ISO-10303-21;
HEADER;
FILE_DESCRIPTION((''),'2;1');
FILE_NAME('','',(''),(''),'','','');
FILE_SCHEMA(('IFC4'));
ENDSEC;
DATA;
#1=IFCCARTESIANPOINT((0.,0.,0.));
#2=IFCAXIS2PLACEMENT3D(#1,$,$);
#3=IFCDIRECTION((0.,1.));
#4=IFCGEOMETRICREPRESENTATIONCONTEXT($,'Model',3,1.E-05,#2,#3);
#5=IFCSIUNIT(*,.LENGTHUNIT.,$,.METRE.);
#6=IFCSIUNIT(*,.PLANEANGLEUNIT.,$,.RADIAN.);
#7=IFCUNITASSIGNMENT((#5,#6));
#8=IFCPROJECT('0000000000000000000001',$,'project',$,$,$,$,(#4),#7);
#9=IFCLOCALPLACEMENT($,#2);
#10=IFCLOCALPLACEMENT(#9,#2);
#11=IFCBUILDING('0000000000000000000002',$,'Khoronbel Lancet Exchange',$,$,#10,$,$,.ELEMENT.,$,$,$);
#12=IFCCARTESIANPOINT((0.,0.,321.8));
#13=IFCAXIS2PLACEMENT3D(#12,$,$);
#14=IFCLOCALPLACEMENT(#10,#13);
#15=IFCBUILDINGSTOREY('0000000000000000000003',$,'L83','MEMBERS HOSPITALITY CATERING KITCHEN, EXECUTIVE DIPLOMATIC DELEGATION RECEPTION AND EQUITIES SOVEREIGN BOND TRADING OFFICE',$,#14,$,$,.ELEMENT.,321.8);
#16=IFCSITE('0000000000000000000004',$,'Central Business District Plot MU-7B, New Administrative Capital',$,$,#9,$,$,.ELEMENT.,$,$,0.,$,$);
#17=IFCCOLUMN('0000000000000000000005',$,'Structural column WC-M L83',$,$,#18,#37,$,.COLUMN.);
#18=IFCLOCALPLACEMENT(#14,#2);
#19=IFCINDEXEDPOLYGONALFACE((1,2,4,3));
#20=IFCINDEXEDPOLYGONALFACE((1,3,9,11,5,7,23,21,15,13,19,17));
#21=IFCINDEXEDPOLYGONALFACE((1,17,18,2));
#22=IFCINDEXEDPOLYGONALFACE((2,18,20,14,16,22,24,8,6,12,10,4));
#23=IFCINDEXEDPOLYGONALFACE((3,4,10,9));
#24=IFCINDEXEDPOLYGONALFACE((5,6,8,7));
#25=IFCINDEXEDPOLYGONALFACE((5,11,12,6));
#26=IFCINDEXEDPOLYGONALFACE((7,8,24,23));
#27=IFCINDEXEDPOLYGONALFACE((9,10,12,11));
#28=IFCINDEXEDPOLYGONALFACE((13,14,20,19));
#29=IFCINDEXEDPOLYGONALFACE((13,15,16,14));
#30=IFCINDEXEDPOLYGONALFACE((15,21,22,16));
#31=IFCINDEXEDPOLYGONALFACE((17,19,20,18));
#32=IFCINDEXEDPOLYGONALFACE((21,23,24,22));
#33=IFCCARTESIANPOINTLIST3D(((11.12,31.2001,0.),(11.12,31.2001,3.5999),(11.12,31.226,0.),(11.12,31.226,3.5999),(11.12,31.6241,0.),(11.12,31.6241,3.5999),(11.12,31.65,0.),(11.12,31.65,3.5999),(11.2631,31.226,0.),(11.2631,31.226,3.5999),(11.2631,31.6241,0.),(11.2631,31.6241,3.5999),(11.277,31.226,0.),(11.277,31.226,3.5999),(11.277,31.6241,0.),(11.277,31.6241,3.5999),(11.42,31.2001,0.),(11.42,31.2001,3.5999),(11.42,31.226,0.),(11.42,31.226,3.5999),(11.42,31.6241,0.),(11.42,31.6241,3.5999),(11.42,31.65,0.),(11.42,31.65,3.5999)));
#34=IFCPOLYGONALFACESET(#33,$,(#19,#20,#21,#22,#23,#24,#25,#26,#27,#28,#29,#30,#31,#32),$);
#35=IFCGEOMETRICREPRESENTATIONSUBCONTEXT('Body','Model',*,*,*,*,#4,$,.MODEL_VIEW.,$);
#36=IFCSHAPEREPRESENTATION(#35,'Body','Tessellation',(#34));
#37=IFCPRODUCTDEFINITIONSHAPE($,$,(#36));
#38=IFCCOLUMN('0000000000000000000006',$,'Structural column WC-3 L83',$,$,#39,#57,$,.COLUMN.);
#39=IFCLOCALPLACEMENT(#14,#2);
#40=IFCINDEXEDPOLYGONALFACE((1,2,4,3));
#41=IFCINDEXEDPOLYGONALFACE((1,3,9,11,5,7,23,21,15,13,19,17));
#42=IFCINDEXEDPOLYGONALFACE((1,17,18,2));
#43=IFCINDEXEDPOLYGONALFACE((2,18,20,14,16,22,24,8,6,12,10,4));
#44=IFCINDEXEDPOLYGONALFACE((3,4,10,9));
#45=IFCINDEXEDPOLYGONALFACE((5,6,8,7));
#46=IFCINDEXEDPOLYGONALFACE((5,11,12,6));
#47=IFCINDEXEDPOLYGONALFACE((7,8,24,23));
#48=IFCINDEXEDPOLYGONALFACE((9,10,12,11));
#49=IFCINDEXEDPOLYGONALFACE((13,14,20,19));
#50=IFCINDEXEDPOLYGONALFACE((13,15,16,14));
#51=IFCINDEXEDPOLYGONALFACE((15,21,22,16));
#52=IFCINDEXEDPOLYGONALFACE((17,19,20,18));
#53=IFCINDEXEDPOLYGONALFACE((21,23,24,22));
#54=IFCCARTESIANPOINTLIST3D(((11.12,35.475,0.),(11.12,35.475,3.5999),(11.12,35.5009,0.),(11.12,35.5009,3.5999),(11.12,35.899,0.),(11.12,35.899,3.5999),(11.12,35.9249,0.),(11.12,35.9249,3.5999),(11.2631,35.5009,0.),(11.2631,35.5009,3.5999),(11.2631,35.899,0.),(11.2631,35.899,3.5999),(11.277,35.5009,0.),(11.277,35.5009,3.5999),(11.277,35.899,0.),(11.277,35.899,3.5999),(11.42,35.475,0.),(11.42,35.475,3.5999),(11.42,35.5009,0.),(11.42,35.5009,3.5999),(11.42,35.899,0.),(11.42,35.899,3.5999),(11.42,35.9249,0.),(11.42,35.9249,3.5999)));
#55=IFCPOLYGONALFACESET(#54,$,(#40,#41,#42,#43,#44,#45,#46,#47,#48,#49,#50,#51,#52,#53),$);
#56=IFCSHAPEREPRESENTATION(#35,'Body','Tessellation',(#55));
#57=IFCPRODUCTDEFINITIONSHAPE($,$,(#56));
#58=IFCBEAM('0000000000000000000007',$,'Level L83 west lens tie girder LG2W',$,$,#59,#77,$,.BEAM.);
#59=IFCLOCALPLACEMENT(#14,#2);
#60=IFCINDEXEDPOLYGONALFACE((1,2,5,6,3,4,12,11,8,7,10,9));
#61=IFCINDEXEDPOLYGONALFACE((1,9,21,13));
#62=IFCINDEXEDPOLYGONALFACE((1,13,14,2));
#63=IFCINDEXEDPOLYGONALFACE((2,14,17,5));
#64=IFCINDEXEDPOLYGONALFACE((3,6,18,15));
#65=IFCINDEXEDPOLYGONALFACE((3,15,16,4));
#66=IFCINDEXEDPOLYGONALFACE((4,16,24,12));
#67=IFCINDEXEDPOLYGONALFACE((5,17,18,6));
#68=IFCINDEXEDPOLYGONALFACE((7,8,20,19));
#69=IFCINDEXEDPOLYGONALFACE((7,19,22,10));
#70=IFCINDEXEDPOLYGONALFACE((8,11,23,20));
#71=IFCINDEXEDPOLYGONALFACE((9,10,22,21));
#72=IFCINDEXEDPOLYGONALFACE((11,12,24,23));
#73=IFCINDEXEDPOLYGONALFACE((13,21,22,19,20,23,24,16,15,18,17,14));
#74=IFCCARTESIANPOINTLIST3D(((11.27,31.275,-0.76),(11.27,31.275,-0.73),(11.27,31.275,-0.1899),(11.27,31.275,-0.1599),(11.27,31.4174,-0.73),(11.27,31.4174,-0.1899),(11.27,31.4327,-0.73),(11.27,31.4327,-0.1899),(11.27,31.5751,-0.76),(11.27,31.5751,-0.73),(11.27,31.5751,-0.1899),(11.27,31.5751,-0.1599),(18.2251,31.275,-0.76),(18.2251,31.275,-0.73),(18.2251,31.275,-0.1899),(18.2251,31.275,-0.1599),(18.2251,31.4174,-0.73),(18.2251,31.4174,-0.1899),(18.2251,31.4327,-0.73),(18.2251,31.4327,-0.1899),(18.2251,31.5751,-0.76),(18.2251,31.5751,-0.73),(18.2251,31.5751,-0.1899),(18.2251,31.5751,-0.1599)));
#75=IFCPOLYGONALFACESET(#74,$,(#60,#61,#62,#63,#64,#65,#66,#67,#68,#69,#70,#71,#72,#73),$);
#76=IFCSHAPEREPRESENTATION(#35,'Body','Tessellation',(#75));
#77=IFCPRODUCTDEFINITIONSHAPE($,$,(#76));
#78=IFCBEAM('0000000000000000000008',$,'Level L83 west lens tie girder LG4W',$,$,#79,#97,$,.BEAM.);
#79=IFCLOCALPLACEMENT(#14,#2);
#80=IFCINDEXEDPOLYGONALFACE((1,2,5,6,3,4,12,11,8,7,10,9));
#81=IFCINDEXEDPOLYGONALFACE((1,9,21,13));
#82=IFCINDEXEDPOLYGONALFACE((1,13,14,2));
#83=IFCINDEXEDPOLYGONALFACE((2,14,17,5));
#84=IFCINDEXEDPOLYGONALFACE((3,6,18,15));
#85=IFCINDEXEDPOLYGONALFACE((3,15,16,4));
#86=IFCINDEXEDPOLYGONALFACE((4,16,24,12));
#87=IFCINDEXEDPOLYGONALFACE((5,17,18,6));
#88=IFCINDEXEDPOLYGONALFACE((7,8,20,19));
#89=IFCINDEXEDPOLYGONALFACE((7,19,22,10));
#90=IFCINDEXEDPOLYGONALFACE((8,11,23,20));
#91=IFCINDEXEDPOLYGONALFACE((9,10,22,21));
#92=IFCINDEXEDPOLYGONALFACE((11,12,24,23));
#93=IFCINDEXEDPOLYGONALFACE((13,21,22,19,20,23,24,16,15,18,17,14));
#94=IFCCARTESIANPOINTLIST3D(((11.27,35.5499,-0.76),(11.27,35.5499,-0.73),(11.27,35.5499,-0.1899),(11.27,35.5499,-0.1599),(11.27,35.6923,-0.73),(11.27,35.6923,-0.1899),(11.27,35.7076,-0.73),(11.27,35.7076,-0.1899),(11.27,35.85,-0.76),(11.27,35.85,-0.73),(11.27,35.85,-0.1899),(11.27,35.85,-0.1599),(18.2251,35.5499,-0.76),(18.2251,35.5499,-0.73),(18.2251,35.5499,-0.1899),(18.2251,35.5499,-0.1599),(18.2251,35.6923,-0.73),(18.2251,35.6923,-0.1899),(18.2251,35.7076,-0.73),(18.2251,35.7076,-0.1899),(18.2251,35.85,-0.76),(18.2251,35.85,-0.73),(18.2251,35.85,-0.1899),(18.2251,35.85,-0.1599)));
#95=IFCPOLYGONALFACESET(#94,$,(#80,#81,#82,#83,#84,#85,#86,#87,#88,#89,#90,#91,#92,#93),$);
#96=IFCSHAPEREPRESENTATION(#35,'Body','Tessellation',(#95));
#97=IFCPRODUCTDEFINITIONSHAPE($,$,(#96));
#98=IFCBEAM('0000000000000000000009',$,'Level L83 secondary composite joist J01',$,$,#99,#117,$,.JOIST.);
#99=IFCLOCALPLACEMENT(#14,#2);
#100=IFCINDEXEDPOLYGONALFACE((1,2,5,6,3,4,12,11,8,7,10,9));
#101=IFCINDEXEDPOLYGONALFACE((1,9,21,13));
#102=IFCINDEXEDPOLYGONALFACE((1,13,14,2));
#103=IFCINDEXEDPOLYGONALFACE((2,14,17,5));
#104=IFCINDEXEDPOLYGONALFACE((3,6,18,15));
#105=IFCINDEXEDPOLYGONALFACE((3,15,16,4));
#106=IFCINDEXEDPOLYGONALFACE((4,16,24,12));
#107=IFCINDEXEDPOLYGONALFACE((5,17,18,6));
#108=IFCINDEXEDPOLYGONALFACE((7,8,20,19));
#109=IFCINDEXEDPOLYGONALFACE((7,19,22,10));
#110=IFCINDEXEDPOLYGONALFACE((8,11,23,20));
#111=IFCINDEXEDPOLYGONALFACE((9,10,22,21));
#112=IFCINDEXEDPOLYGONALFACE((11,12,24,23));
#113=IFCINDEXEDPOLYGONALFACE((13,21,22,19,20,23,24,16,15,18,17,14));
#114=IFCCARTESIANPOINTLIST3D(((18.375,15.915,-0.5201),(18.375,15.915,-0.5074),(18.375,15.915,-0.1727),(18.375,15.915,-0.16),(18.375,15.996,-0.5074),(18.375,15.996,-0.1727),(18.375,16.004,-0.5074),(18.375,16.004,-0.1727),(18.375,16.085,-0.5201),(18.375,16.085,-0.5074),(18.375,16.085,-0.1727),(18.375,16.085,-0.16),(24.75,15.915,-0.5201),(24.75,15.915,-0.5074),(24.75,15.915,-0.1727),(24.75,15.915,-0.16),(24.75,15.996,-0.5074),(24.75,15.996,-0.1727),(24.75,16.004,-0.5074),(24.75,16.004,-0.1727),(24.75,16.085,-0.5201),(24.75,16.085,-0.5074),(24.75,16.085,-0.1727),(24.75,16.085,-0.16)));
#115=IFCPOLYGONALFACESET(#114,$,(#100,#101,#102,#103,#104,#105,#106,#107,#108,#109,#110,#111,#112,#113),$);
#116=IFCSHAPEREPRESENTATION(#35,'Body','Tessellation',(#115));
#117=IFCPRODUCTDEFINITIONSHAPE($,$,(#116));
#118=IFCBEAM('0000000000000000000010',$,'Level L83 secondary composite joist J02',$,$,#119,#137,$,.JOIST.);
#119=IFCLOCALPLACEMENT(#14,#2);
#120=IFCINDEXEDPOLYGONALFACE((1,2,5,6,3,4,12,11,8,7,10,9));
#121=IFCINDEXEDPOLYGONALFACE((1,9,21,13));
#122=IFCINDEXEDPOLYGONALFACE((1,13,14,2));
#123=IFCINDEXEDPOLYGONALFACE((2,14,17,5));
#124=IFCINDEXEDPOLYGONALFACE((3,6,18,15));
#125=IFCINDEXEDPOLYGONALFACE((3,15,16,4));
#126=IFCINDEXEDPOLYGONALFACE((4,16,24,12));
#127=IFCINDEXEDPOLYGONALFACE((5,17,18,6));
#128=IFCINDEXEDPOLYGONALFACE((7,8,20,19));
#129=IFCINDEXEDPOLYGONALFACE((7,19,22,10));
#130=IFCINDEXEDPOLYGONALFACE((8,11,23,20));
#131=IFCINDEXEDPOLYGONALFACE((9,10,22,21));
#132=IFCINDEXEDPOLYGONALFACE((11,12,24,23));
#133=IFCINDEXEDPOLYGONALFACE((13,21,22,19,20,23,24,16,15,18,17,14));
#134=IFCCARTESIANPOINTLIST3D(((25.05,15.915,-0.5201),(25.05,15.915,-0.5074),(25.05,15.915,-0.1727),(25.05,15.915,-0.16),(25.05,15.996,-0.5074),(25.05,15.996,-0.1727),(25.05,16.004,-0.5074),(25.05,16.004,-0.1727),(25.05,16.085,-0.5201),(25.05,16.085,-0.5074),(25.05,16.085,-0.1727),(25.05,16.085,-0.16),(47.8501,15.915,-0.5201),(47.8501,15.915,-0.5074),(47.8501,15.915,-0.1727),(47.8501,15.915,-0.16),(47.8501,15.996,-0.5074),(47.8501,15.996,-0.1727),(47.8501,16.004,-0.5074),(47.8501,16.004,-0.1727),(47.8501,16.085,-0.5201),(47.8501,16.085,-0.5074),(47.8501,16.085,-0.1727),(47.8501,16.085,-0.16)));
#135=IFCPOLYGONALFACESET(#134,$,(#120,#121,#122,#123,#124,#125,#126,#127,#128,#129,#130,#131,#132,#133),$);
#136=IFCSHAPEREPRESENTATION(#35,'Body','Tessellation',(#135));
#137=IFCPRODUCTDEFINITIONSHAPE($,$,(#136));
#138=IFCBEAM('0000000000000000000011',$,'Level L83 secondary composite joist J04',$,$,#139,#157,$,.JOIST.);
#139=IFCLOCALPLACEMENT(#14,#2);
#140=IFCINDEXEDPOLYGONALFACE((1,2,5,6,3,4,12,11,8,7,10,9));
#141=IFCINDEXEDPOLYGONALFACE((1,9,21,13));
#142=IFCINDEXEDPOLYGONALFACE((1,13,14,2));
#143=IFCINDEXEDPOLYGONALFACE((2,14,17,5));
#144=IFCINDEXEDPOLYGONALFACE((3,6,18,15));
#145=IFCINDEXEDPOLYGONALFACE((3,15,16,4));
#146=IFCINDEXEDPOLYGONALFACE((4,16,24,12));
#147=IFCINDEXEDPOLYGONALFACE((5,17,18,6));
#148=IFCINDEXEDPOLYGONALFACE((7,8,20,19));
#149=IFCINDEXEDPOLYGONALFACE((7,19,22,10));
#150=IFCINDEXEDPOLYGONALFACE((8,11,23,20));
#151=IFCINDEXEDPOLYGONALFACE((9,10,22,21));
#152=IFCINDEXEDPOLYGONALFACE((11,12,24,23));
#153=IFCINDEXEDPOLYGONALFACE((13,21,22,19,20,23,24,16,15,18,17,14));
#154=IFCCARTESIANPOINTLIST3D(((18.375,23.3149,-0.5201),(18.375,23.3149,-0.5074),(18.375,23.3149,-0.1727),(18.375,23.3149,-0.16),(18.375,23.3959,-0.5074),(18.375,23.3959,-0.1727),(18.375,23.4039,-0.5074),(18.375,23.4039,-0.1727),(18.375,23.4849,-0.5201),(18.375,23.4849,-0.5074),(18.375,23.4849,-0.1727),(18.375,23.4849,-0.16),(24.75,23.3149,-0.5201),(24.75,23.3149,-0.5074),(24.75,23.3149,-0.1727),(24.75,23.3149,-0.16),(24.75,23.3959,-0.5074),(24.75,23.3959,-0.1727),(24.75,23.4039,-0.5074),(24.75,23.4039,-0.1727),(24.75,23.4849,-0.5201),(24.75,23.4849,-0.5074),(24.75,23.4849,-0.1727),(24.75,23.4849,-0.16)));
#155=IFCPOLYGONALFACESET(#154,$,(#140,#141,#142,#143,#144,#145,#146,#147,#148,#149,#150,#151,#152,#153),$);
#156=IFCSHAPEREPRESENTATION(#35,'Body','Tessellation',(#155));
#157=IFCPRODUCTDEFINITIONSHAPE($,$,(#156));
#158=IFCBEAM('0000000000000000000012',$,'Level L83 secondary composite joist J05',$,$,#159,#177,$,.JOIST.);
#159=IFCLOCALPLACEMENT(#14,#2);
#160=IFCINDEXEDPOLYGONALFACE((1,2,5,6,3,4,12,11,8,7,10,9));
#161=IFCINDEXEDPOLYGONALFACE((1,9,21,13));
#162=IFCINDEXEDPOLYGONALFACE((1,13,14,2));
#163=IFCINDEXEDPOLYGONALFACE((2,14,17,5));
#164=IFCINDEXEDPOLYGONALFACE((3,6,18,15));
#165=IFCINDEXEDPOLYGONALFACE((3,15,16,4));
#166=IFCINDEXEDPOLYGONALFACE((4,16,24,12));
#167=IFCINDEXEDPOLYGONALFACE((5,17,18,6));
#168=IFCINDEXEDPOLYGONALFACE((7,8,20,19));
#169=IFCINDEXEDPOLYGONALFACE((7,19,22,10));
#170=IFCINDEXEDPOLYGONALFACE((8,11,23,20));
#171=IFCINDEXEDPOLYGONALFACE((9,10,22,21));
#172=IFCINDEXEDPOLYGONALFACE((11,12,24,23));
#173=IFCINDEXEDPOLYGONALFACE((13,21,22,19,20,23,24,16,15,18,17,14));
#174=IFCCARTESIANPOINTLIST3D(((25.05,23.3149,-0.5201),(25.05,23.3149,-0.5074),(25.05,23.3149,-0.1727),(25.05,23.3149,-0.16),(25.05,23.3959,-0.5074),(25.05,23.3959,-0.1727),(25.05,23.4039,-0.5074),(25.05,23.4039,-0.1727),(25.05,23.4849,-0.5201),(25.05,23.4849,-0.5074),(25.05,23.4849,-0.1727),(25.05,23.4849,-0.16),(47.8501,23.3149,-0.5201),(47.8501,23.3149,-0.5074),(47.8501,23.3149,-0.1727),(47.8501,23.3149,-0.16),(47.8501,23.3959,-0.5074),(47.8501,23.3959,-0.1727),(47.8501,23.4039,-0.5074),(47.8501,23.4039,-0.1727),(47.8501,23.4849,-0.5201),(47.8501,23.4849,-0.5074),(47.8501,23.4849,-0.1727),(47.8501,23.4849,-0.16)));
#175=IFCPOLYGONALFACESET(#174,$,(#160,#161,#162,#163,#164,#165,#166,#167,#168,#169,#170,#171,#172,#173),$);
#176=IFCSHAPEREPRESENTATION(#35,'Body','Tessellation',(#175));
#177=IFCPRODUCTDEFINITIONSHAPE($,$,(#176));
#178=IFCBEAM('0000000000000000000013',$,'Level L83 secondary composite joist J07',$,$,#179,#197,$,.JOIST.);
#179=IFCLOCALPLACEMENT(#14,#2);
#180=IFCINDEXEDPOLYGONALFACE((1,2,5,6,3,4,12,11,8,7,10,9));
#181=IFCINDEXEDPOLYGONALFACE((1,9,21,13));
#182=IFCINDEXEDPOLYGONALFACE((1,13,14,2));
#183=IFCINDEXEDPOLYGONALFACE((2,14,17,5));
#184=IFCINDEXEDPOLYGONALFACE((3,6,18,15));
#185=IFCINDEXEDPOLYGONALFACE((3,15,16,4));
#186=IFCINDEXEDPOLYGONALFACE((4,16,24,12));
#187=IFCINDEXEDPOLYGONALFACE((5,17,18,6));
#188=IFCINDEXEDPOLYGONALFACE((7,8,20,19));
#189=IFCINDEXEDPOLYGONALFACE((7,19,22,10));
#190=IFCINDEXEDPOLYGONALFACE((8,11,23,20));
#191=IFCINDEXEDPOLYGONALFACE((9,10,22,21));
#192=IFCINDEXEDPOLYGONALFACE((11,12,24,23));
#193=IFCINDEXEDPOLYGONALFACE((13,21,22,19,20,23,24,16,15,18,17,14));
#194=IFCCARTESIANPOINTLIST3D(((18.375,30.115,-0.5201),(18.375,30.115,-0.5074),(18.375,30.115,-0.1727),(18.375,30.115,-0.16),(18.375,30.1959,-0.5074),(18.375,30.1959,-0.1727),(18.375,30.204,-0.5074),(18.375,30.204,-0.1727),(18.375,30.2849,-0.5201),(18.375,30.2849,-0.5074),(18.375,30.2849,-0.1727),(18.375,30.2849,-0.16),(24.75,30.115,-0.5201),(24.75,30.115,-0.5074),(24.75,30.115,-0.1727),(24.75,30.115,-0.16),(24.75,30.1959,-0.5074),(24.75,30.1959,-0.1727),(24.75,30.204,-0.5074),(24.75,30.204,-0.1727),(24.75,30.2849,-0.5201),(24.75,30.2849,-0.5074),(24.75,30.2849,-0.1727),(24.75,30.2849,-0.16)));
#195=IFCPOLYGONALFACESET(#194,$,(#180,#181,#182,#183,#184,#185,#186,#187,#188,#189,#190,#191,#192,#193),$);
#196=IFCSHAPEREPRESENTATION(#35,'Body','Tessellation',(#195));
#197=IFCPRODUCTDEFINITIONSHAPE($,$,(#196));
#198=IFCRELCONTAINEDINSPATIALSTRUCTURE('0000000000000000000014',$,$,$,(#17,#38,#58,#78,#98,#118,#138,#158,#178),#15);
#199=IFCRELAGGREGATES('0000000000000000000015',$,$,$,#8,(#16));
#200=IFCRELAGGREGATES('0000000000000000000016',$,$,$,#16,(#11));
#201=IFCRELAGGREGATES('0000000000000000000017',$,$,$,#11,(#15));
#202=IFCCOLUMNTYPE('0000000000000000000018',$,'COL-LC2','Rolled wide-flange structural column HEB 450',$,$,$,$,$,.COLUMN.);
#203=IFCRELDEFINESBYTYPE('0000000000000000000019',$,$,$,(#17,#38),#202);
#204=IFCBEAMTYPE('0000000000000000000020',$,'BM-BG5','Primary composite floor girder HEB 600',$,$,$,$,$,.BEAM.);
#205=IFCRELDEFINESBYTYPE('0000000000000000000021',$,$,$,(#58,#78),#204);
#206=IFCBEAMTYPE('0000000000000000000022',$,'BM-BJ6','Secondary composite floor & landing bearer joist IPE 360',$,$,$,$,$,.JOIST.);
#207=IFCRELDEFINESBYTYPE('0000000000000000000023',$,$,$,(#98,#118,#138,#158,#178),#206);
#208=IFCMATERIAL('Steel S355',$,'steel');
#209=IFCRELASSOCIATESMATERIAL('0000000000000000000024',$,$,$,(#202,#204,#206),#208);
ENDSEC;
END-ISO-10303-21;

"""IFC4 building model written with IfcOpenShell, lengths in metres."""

from ifc_helpers import new_model, si_unit, direction, frame, origin, origin_2d, place, context, subcontext, project, spatial, i_section, extrude, material, material_profile, profile_set, type_object, element, save


model = new_model("IFC4")

# Units and contexts
model_context = context("Model", 3, precision=1e-05, world=origin(), true_north=direction((0.0, 1.0)))
body_context = subcontext(model_context, "Body", "Model", "MODEL_VIEW")
ifc_project = project(units=[si_unit("LENGTHUNIT", "METRE"), si_unit("PLANEANGLEUNIT", "RADIAN")], contexts=[model_context])

# Site, building, storey
site_placement = place(None, origin())
site = spatial("IfcSite", under=ifc_project, at=site_placement, Name="Central Business District Plot MU-7B, New Administrative Capital", CompositionType="ELEMENT", RefElevation=0.0)
building_placement = place(site_placement, origin())
building = spatial("IfcBuilding", under=site, at=building_placement, Name="Khoronbel Lancet Exchange", CompositionType="ELEMENT")
storey_placement = place(building_placement, frame((0.0, 0.0, 321.8)))
storey = spatial("IfcBuildingStorey", under=building, at=storey_placement, Name="L83", Description="MEMBERS HOSPITALITY CATERING KITCHEN, EXECUTIVE DIPLOMATIC DELEGATION RECEPTION AND EQUITIES SOVEREIGN BOND TRADING OFFICE", CompositionType="ELEMENT", Elevation=321.8)

# Columns
ifc_material_1 = material(Name="Steel S355", Category="steel")
ifc_material_profile_1 = material_profile(ifc_material_1, i_section(OverallWidth=0.3, OverallDepth=0.45, WebThickness=0.0139, FlangeThickness=0.0259, at=origin_2d()), Name="HEB 450")
ifc_profile_set_1 = profile_set([ifc_material_profile_1], Name="Steel S355")
column_type = type_object("IfcColumnType", Name="COL-LC2", Description="Rolled wide-flange structural column HEB 450", PredefinedType="COLUMN", material=ifc_profile_set_1)
for number, where, z_axis, x_axis, name in (
    (1, (11.27, 31.425, 0.0), (0.0, 0.0, 1.0), (1.0, 0.0, 0.0), "Structural column WC-M L83"),
    (2, (11.27, 35.7, 0.0), (0.0, 0.0, 1.0), (1.0, 0.0, 0.0), "Structural column WC-3 L83"),
):
    element("IfcColumn", number, at=place(storey_placement, frame(where, z_axis=z_axis, x_axis=x_axis)), inside=storey, type_object=column_type, Name=name, PredefinedType="COLUMN", context=body_context, shape_type="SweptSolid", body=[
        extrude(i_section(OverallWidth=0.3, OverallDepth=0.45, WebThickness=0.0139, FlangeThickness=0.0259, at=origin_2d()), origin(), (0.0, 0.0, 1.0), 3.5999),
    ])

# Beams
ifc_material_profile_2 = material_profile(ifc_material_1, i_section(OverallWidth=0.3, OverallDepth=0.6001, WebThickness=0.0154, FlangeThickness=0.03, at=origin_2d()), Name="HEB 600")
ifc_profile_set_2 = profile_set([ifc_material_profile_2], Name="Steel S355")
beam_type_1 = type_object("IfcBeamType", Name="BM-BG5", Description="Primary composite floor girder HEB 600", PredefinedType="BEAM", material=ifc_profile_set_2)
for number, where, z_axis, x_axis, name in (
    (3, (11.27, 31.425, -0.46), (1.0, 0.0, 0.0), (0.0, 1.0, 0.0), "Level L83 west lens tie girder LG2W"),
    (4, (11.27, 35.7, -0.46), (1.0, 0.0, 0.0), (0.0, 1.0, 0.0), "Level L83 west lens tie girder LG4W"),
):
    element("IfcBeam", number, at=place(storey_placement, frame(where, z_axis=z_axis, x_axis=x_axis)), inside=storey, type_object=beam_type_1, Name=name, PredefinedType="BEAM", context=body_context, shape_type="SweptSolid", body=[
        extrude(i_section(OverallWidth=0.3, OverallDepth=0.6001, WebThickness=0.0154, FlangeThickness=0.03, at=origin_2d()), origin(), (0.0, 0.0, 1.0), 6.9551),
    ])
ifc_material_profile_3 = material_profile(ifc_material_1, i_section(OverallWidth=0.1699, OverallDepth=0.3601, WebThickness=0.0081, FlangeThickness=0.0127, at=origin_2d()), Name="IPE 360")
ifc_profile_set_3 = profile_set([ifc_material_profile_3], Name="Steel S355")
beam_type_2 = type_object("IfcBeamType", Name="BM-BJ6", Description="Secondary composite floor & landing bearer joist IPE 360", PredefinedType="JOIST", material=ifc_profile_set_3)
beam_1_placement = place(storey_placement, frame((18.375, 16.0, -0.3401), z_axis=(1.0, 0.0, 0.0), x_axis=(0.0, 1.0, 0.0)))
element("IfcBeam", 5, at=beam_1_placement, inside=storey, type_object=beam_type_2, Name="Level L83 secondary composite joist J01", PredefinedType="JOIST", context=body_context, shape_type="SweptSolid", body=[
    extrude(i_section(OverallWidth=0.1699, OverallDepth=0.3601, WebThickness=0.0081, FlangeThickness=0.0127, at=origin_2d()), origin(), (0.0, 0.0, 1.0), 6.375),
])
beam_2_placement = place(storey_placement, frame((25.05, 16.0, -0.3401), z_axis=(1.0, 0.0, 0.0), x_axis=(0.0, 1.0, 0.0)))
element("IfcBeam", 6, at=beam_2_placement, inside=storey, type_object=beam_type_2, Name="Level L83 secondary composite joist J02", PredefinedType="JOIST", context=body_context, shape_type="SweptSolid", body=[
    extrude(i_section(OverallWidth=0.1699, OverallDepth=0.3601, WebThickness=0.0081, FlangeThickness=0.0127, at=origin_2d()), origin(), (0.0, 0.0, 1.0), 22.8),
])
beam_3_placement = place(storey_placement, frame((18.375, 23.3999, -0.3401), z_axis=(1.0, 0.0, 0.0), x_axis=(0.0, 1.0, 0.0)))
element("IfcBeam", 7, at=beam_3_placement, inside=storey, type_object=beam_type_2, Name="Level L83 secondary composite joist J04", PredefinedType="JOIST", context=body_context, shape_type="SweptSolid", body=[
    extrude(i_section(OverallWidth=0.1699, OverallDepth=0.3601, WebThickness=0.0081, FlangeThickness=0.0127, at=origin_2d()), origin(), (0.0, 0.0, 1.0), 6.375),
])
beam_4_placement = place(storey_placement, frame((25.05, 23.3999, -0.3401), z_axis=(1.0, 0.0, 0.0), x_axis=(0.0, 1.0, 0.0)))
element("IfcBeam", 8, at=beam_4_placement, inside=storey, type_object=beam_type_2, Name="Level L83 secondary composite joist J05", PredefinedType="JOIST", context=body_context, shape_type="SweptSolid", body=[
    extrude(i_section(OverallWidth=0.1699, OverallDepth=0.3601, WebThickness=0.0081, FlangeThickness=0.0127, at=origin_2d()), origin(), (0.0, 0.0, 1.0), 22.8),
])
beam_5_placement = place(storey_placement, frame((18.375, 30.2, -0.3401), z_axis=(1.0, 0.0, 0.0), x_axis=(0.0, 1.0, 0.0)))
element("IfcBeam", 9, at=beam_5_placement, inside=storey, type_object=beam_type_2, Name="Level L83 secondary composite joist J07", PredefinedType="JOIST", context=body_context, shape_type="SweptSolid", body=[
    extrude(i_section(OverallWidth=0.1699, OverallDepth=0.3601, WebThickness=0.0081, FlangeThickness=0.0127, at=origin_2d()), origin(), (0.0, 0.0, 1.0), 6.375),
])

save(model, "model.ifc")
